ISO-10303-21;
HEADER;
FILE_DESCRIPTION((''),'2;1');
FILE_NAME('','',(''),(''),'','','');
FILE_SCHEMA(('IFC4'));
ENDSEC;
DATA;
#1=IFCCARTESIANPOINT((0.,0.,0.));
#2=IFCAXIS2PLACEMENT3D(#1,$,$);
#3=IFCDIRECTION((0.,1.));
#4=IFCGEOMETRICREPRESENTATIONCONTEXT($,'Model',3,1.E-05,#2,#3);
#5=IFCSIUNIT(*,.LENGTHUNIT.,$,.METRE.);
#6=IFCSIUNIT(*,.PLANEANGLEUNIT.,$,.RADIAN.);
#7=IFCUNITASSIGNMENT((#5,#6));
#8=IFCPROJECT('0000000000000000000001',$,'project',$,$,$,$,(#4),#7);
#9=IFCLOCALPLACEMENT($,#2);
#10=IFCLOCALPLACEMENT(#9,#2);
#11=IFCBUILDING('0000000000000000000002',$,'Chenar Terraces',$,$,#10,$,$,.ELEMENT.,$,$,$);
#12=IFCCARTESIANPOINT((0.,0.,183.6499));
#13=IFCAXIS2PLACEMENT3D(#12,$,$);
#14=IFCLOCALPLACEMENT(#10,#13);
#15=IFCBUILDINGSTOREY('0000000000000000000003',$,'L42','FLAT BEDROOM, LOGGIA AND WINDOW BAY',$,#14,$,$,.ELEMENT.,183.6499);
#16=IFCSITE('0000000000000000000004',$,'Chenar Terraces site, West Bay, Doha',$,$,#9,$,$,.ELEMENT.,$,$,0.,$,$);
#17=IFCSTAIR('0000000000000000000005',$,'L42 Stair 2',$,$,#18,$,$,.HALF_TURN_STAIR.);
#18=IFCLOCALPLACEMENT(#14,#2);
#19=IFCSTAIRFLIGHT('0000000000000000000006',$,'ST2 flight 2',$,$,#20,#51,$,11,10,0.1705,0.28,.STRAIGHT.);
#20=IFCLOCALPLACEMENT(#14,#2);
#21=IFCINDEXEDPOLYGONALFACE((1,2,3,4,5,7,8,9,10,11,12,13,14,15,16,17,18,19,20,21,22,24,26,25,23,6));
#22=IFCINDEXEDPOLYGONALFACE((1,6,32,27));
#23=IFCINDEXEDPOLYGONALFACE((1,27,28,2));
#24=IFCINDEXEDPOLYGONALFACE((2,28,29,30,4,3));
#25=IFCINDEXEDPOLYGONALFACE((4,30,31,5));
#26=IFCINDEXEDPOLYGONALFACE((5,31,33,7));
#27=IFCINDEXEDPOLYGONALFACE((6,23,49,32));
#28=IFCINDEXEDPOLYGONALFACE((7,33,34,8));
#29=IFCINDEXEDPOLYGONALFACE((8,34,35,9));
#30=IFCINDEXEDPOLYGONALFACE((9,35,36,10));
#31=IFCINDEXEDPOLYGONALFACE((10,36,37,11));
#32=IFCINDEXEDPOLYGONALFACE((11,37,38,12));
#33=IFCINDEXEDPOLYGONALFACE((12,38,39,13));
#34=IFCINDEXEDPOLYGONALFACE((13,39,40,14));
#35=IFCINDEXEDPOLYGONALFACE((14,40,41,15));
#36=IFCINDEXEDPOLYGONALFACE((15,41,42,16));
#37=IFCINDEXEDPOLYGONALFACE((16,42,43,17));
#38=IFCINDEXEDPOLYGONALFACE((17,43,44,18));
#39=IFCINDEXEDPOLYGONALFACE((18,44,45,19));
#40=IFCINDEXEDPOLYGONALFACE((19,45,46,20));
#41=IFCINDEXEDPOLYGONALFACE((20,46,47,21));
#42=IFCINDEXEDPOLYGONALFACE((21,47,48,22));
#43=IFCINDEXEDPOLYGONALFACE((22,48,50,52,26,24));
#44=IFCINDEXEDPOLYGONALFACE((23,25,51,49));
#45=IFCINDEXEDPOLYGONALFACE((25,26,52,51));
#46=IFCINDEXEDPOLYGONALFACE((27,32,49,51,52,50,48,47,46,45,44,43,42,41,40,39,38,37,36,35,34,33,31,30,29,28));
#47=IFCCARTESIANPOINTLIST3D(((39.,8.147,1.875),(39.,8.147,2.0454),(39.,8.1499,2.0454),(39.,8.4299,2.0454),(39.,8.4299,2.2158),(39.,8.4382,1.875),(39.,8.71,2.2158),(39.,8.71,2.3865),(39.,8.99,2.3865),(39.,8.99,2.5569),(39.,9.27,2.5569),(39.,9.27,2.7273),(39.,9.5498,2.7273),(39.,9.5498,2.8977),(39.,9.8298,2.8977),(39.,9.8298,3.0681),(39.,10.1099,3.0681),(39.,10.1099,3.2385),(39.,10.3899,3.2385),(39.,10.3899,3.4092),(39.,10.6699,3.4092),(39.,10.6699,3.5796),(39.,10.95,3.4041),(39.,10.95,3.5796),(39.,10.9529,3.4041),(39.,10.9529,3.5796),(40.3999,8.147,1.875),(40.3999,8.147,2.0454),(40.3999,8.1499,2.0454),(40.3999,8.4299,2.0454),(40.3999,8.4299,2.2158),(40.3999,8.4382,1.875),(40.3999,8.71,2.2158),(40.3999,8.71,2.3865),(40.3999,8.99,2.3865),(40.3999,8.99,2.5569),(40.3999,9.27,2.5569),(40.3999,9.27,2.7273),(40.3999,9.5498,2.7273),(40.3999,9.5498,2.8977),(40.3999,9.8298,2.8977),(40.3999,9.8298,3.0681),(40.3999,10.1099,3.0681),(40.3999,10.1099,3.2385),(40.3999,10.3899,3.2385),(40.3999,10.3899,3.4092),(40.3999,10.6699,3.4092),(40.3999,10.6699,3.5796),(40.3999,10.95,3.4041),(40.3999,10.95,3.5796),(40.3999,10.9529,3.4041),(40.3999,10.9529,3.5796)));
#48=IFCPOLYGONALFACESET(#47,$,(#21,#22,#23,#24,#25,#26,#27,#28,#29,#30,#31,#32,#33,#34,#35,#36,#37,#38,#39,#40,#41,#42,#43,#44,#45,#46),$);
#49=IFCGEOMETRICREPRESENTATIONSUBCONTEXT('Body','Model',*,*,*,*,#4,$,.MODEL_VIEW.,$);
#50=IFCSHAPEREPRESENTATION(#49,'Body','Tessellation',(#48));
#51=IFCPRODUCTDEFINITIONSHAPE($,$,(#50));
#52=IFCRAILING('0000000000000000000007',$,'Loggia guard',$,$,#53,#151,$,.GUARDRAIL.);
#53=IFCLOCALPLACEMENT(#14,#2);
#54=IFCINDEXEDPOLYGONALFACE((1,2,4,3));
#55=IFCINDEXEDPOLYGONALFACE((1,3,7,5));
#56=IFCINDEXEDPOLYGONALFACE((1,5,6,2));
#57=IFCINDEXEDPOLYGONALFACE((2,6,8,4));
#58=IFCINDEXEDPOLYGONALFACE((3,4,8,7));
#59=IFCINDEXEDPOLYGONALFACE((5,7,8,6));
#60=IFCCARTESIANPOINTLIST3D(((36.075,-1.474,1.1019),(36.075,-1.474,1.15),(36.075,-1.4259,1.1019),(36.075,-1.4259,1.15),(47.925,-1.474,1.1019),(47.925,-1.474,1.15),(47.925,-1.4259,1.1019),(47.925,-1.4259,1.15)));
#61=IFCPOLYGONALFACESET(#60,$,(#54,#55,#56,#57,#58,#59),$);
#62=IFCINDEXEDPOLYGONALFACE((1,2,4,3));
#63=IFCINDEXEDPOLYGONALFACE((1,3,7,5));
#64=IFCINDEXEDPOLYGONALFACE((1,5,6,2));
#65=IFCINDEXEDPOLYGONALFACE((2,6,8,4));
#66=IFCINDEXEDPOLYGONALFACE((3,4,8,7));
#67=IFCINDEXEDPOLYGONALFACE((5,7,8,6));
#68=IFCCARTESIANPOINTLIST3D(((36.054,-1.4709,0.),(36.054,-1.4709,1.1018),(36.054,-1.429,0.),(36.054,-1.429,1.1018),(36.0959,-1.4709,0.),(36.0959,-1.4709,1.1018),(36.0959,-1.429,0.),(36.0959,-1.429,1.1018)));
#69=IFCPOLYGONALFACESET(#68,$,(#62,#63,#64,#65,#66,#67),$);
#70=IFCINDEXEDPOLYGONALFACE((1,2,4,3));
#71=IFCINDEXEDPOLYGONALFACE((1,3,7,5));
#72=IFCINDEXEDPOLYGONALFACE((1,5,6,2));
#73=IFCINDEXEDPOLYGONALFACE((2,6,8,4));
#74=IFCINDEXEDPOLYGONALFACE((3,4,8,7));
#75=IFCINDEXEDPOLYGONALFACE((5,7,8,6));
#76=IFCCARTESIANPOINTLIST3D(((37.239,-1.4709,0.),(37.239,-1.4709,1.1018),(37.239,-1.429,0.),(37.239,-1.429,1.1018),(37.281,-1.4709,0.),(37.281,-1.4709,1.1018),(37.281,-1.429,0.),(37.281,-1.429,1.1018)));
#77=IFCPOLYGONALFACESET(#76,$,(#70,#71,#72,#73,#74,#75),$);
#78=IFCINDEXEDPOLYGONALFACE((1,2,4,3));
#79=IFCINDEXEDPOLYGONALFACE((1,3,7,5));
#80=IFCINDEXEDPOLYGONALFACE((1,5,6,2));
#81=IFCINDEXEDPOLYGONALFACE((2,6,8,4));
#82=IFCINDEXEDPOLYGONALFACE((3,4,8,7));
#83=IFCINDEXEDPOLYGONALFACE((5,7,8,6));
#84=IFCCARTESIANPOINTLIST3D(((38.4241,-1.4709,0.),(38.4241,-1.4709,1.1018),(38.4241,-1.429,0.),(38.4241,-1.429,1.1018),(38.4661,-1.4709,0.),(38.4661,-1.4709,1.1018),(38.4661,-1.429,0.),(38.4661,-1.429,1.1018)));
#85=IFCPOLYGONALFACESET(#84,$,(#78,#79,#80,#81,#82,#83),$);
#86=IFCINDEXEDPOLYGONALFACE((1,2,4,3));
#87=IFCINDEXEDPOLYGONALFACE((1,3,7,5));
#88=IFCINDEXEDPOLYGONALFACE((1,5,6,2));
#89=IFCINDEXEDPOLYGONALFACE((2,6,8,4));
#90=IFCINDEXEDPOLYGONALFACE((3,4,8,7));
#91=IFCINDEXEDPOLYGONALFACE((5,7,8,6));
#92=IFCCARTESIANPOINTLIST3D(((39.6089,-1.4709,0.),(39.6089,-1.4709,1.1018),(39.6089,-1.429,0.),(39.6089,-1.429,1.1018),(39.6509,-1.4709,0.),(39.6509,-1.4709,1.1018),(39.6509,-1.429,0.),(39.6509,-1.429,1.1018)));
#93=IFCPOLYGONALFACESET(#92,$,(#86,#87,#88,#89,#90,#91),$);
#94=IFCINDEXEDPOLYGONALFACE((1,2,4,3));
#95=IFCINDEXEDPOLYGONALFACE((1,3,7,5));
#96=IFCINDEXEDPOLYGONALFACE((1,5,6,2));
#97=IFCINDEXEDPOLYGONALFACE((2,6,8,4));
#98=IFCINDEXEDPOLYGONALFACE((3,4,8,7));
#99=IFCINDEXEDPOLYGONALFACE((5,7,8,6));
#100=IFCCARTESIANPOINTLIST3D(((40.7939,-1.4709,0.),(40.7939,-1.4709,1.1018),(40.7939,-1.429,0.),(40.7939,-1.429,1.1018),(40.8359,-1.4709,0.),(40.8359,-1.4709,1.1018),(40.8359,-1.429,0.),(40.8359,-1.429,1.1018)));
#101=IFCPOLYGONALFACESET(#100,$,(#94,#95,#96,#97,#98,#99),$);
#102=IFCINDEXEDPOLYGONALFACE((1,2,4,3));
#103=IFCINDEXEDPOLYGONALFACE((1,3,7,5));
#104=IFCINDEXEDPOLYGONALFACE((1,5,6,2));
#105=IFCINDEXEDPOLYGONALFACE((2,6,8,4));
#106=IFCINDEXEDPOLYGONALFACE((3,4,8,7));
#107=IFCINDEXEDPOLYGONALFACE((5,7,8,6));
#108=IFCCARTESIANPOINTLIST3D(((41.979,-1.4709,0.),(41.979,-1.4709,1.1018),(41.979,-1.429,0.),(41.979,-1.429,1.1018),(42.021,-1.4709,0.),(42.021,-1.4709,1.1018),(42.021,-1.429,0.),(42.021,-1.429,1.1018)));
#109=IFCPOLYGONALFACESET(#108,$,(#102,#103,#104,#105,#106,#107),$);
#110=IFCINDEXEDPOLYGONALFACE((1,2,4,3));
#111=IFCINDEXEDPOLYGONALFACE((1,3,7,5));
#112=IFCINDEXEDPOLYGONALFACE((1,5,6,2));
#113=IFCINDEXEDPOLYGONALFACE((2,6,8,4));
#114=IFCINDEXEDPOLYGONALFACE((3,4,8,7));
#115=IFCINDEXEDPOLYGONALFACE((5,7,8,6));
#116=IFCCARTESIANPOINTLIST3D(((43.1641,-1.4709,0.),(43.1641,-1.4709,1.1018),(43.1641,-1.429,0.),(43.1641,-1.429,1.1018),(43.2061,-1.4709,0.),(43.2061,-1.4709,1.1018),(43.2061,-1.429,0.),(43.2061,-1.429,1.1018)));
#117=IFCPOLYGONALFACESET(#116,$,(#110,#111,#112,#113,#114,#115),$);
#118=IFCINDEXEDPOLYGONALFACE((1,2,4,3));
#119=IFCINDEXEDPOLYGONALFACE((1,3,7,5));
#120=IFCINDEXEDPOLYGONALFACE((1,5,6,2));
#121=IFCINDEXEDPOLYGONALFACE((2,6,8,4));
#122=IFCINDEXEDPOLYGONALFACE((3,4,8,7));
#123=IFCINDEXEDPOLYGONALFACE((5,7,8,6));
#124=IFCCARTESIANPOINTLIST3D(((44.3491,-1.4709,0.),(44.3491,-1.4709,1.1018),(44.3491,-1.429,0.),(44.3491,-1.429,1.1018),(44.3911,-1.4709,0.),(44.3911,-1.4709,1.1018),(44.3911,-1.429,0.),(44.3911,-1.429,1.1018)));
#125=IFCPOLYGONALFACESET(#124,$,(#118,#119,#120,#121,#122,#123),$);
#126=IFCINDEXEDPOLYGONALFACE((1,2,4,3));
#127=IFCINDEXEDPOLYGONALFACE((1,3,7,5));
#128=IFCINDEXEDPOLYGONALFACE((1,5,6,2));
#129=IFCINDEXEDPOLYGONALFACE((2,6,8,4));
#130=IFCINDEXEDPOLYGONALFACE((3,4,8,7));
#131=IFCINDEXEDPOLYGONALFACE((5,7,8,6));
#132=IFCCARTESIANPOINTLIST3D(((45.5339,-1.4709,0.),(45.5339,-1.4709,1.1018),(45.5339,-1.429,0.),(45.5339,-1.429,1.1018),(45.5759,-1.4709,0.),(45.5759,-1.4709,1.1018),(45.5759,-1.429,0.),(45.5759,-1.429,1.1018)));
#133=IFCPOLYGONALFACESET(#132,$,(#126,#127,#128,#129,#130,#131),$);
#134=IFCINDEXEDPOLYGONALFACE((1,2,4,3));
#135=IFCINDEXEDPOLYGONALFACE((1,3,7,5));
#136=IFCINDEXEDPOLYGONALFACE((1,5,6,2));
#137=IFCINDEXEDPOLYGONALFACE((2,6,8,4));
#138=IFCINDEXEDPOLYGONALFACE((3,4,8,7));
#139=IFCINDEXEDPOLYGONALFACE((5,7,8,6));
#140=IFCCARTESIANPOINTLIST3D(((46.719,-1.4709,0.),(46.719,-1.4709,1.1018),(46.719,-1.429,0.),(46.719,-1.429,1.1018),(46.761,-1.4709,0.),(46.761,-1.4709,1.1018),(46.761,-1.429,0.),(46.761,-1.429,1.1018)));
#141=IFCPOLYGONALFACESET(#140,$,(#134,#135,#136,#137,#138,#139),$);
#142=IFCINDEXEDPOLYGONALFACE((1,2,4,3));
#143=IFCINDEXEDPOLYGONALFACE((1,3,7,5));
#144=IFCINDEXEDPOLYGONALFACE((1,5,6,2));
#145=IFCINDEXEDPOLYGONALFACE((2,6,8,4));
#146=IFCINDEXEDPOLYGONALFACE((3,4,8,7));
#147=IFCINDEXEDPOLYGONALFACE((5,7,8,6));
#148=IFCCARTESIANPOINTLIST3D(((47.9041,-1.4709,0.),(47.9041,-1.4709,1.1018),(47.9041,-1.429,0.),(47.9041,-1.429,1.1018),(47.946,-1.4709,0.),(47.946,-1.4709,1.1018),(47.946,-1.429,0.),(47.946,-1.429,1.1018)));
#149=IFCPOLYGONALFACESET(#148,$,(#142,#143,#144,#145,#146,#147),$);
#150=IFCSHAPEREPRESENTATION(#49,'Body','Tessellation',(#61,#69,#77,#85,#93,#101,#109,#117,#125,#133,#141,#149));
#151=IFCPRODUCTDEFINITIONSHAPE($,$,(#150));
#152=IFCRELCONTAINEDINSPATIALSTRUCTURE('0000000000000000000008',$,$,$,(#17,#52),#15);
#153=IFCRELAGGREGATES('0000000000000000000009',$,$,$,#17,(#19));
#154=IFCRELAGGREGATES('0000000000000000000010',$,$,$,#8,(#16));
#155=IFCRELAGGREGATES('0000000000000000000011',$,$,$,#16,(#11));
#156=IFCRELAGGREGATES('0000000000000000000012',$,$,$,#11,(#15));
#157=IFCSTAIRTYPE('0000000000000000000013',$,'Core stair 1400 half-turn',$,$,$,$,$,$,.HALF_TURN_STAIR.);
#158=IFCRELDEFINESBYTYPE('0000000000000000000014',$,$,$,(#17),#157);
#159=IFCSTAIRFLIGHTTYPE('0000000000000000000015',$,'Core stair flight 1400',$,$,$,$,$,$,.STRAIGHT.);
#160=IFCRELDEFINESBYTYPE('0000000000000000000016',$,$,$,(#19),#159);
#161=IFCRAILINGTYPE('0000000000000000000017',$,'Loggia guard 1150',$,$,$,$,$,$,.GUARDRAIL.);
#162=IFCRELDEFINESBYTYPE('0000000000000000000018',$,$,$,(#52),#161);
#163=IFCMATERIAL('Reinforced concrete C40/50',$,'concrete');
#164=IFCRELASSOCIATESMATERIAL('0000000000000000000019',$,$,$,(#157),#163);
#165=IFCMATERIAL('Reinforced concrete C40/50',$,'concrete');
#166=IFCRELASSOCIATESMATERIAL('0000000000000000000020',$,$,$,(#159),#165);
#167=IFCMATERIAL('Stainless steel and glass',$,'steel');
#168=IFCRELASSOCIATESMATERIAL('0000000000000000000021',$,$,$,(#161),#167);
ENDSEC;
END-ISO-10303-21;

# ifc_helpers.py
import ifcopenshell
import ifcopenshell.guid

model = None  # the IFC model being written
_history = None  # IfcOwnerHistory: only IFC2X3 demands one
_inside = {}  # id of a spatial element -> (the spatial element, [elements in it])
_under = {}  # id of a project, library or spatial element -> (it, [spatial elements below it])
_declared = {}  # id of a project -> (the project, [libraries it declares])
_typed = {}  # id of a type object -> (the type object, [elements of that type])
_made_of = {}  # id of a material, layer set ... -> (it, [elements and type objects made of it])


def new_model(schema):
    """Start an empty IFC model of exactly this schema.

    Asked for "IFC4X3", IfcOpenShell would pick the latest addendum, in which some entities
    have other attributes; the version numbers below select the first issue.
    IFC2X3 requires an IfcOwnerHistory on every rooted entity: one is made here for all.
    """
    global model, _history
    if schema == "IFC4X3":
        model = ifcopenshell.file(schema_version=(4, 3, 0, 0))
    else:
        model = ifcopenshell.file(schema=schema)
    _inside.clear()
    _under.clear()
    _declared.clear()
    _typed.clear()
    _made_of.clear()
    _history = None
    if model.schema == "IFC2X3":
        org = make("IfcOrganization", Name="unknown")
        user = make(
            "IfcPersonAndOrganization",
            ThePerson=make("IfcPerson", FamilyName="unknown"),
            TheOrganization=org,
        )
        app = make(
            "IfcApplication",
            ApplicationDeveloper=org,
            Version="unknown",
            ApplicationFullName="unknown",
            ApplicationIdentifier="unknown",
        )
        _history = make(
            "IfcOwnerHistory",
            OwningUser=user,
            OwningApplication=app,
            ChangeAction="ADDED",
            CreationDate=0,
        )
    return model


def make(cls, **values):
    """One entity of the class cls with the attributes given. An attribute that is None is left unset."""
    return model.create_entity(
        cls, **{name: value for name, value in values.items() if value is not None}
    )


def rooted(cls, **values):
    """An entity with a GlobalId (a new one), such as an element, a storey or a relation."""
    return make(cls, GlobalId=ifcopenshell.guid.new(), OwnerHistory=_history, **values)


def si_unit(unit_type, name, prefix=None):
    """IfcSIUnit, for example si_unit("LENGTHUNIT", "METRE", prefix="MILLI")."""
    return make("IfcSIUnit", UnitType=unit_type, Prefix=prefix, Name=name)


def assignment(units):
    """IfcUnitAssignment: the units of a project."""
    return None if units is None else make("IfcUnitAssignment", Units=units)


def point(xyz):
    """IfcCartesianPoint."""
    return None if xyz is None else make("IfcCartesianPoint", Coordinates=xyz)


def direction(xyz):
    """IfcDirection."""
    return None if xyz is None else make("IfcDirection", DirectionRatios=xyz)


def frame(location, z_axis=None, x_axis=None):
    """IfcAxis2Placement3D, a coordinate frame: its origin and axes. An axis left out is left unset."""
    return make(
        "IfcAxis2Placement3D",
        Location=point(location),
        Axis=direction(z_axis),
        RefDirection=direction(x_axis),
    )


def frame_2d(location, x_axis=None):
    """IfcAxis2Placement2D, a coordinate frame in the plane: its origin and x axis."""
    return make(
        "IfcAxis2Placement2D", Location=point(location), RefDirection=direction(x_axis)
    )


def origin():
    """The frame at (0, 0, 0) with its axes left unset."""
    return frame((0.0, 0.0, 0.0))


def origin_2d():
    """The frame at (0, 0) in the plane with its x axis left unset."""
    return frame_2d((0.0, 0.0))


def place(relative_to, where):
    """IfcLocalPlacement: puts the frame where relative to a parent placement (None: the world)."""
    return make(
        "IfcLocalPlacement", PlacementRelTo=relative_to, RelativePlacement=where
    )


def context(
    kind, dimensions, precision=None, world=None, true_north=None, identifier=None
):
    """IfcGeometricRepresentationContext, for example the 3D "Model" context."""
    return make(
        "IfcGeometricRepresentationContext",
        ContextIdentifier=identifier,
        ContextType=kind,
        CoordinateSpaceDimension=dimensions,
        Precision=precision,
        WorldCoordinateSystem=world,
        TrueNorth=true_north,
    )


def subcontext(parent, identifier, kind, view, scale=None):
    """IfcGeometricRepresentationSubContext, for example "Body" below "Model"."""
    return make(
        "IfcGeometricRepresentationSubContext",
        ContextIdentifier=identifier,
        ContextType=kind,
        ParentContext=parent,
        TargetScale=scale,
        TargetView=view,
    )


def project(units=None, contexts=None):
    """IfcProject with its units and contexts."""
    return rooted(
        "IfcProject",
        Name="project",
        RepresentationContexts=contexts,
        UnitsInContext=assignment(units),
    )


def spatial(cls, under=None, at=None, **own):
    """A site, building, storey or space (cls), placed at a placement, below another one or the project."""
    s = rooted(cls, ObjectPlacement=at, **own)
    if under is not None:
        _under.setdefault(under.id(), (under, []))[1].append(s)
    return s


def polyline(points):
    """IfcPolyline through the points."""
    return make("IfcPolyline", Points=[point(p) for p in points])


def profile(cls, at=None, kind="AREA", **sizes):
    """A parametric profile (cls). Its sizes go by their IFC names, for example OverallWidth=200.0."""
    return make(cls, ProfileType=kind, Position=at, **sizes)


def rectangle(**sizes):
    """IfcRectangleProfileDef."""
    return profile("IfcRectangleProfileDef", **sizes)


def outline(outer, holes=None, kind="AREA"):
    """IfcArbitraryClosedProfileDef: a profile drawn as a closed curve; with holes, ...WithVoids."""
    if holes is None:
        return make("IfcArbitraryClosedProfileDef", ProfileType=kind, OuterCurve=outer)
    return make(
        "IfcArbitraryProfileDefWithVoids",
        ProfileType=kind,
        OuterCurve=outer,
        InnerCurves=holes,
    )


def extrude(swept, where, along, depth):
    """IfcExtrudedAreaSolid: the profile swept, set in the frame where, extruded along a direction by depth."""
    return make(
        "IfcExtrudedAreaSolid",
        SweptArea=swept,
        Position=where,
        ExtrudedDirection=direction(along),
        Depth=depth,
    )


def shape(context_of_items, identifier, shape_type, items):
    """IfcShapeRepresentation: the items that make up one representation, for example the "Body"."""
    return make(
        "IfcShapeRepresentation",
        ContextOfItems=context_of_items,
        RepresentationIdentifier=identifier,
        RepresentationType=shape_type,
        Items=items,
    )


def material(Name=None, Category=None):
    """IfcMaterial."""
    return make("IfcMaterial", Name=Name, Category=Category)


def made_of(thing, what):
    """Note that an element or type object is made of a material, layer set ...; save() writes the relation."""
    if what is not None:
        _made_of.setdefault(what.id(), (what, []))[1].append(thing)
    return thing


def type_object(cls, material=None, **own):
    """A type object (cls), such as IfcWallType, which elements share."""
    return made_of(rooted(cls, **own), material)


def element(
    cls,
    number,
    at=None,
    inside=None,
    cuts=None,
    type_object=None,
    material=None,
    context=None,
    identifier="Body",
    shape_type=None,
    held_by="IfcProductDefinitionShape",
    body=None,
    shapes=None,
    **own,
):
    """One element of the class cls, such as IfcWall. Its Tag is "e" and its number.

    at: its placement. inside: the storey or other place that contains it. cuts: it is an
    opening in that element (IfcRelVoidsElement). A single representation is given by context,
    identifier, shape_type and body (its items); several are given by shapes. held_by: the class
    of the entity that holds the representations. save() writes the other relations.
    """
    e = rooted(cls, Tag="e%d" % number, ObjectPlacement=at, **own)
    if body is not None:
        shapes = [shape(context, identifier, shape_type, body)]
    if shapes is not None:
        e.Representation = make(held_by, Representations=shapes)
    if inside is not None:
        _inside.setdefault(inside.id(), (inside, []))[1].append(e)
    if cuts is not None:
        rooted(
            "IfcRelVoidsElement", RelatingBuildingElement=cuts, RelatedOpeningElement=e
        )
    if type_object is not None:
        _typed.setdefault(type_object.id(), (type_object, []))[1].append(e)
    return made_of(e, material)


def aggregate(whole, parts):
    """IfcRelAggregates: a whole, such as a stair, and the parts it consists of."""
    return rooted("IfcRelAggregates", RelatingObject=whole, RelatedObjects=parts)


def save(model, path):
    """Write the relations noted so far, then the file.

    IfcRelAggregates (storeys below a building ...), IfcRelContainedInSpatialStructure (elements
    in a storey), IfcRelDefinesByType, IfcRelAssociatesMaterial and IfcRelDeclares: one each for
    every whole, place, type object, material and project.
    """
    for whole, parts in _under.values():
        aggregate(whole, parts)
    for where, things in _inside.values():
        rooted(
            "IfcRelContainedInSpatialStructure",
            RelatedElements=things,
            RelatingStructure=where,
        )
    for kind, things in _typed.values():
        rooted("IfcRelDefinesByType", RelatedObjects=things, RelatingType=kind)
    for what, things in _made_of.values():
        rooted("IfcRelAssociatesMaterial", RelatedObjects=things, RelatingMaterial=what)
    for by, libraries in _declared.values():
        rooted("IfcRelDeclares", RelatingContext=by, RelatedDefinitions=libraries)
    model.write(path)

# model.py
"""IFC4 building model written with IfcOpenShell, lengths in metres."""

from ifc_helpers import new_model, si_unit, direction, frame, origin, origin_2d, place, context, subcontext, project, spatial, polyline, rectangle, outline, extrude, material, type_object, element, aggregate, save


model = new_model("IFC4")

# Units and contexts
model_context = context("Model", 3, precision=1e-05, world=origin(), true_north=direction((0.0, 1.0)))
body_context = subcontext(model_context, "Body", "Model", "MODEL_VIEW")
ifc_project = project(units=[si_unit("LENGTHUNIT", "METRE"), si_unit("PLANEANGLEUNIT", "RADIAN")], contexts=[model_context])

# Site, building, storey
site_placement = place(None, origin())
site = spatial("IfcSite", under=ifc_project, at=site_placement, Name="Chenar Terraces site, West Bay, Doha", CompositionType="ELEMENT", RefElevation=0.0)
building_placement = place(site_placement, origin())
building = spatial("IfcBuilding", under=site, at=building_placement, Name="Chenar Terraces", CompositionType="ELEMENT")
storey_placement = place(building_placement, frame((0.0, 0.0, 183.6499)))
storey = spatial("IfcBuildingStorey", under=building, at=storey_placement, Name="L42", Description="FLAT BEDROOM, LOGGIA AND WINDOW BAY", CompositionType="ELEMENT", Elevation=183.6499)

# Stair, stair flight
ifc_material_1 = material(Name="Reinforced concrete C40/50", Category="concrete")
stair_type = type_object("IfcStairType", Name="Core stair 1400 half-turn", PredefinedType="HALF_TURN_STAIR", material=ifc_material_1)
stair_placement = place(storey_placement, origin())
stair = element("IfcStair", 1, at=stair_placement, inside=storey, type_object=stair_type, Name="L42 Stair 2", PredefinedType="HALF_TURN_STAIR")
ifc_material_2 = material(Name="Reinforced concrete C40/50", Category="concrete")
stair_flight_type = type_object("IfcStairFlightType", Name="Core stair flight 1400", PredefinedType="STRAIGHT", material=ifc_material_2)
stair_flight_1_placement = place(storey_placement, frame((39.7, 8.1499, 1.875), z_axis=(0.0, 0.0, 1.0), x_axis=(0.0, 1.0, 0.0)))
stair_flight_1 = element("IfcStairFlight", 2, at=stair_flight_1_placement, type_object=stair_flight_type, Name="ST2 flight 2", NumberOfRisers=11, NumberOfTreads=10, PredefinedType="STRAIGHT", RiserHeight=0.1705, TreadLength=0.28, context=body_context, shape_type="SweptSolid", body=[
    extrude(outline(polyline([(-0.0029, 0.0), (-0.0029, 0.1704), (0.0, 0.1704), (0.28, 0.1704), (0.28, 0.3408), (0.5601, 0.3408), (0.5601, 0.5115), (0.8401, 0.5115), (0.8401, 0.6819), (1.1201, 0.6819), (1.1201, 0.8523), (1.3999, 0.8523), (1.3999, 1.0227), (1.6799, 1.0227), (1.6799, 1.1931), (1.96, 1.1931), (1.96, 1.3635), (2.24, 1.3635), (2.24, 1.5342), (2.52, 1.5342), (2.52, 1.7046), (2.8, 1.7046), (2.803, 1.7046), (2.803, 1.5291), (2.8, 1.5291), (0.2883, 0.0), (-0.0029, 0.0)])), frame((0.0, 0.7, 0.0), z_axis=(0.0, -1.0, 0.0), x_axis=(1.0, 0.0, 0.0)), (0.0, 0.0, 1.0), 1.3999),
])
aggregate(stair, [stair_flight_1])

# Railing
ifc_material_3 = material(Name="Stainless steel and glass", Category="steel")
railing_type_1 = type_object("IfcRailingType", Name="Loggia guard 1150", PredefinedType="GUARDRAIL", material=ifc_material_3)
railing_1_placement = place(storey_placement, frame((36.075, -1.45, 0.0)))
element("IfcRailing", 3, at=railing_1_placement, inside=storey, type_object=railing_type_1, Name="Loggia guard", PredefinedType="GUARDRAIL", context=body_context, shape_type="SweptSolid", body=[
    extrude(rectangle(XDim=0.0481, YDim=0.0481, at=origin_2d()), frame((0.0, 0.0, 1.126), z_axis=(1.0, 0.0, 0.0), x_axis=(0.0, 1.0, 0.0)), (0.0, 0.0, 1.0), 11.8501),
    extrude(rectangle(XDim=0.042, YDim=0.042, at=origin_2d()), origin(), (0.0, 0.0, 1.0), 1.1018),
    extrude(rectangle(XDim=0.042, YDim=0.042, at=origin_2d()), frame((1.1851, 0.0, 0.0)), (0.0, 0.0, 1.0), 1.1018),
    extrude(rectangle(XDim=0.042, YDim=0.042, at=origin_2d()), frame((2.3701, 0.0, 0.0)), (0.0, 0.0, 1.0), 1.1018),
    extrude(rectangle(XDim=0.042, YDim=0.042, at=origin_2d()), frame((3.5549, 0.0, 0.0)), (0.0, 0.0, 1.0), 1.1018),
    extrude(rectangle(XDim=0.042, YDim=0.042, at=origin_2d()), frame((4.74, 0.0, 0.0)), (0.0, 0.0, 1.0), 1.1018),
    extrude(rectangle(XDim=0.042, YDim=0.042, at=origin_2d()), frame((5.925, 0.0, 0.0)), (0.0, 0.0, 1.0), 1.1018),
    extrude(rectangle(XDim=0.042, YDim=0.042, at=origin_2d()), frame((7.1101, 0.0, 0.0)), (0.0, 0.0, 1.0), 1.1018),
    extrude(rectangle(XDim=0.042, YDim=0.042, at=origin_2d()), frame((8.2952, 0.0, 0.0)), (0.0, 0.0, 1.0), 1.1018),
    extrude(rectangle(XDim=0.042, YDim=0.042, at=origin_2d()), frame((9.48, 0.0, 0.0)), (0.0, 0.0, 1.0), 1.1018),
    extrude(rectangle(XDim=0.042, YDim=0.042, at=origin_2d()), frame((10.665, 0.0, 0.0)), (0.0, 0.0, 1.0), 1.1018),
    extrude(rectangle(XDim=0.042, YDim=0.042, at=origin_2d()), frame((11.8501, 0.0, 0.0)), (0.0, 0.0, 1.0), 1.1018),
])

save(model, "model.ifc")
